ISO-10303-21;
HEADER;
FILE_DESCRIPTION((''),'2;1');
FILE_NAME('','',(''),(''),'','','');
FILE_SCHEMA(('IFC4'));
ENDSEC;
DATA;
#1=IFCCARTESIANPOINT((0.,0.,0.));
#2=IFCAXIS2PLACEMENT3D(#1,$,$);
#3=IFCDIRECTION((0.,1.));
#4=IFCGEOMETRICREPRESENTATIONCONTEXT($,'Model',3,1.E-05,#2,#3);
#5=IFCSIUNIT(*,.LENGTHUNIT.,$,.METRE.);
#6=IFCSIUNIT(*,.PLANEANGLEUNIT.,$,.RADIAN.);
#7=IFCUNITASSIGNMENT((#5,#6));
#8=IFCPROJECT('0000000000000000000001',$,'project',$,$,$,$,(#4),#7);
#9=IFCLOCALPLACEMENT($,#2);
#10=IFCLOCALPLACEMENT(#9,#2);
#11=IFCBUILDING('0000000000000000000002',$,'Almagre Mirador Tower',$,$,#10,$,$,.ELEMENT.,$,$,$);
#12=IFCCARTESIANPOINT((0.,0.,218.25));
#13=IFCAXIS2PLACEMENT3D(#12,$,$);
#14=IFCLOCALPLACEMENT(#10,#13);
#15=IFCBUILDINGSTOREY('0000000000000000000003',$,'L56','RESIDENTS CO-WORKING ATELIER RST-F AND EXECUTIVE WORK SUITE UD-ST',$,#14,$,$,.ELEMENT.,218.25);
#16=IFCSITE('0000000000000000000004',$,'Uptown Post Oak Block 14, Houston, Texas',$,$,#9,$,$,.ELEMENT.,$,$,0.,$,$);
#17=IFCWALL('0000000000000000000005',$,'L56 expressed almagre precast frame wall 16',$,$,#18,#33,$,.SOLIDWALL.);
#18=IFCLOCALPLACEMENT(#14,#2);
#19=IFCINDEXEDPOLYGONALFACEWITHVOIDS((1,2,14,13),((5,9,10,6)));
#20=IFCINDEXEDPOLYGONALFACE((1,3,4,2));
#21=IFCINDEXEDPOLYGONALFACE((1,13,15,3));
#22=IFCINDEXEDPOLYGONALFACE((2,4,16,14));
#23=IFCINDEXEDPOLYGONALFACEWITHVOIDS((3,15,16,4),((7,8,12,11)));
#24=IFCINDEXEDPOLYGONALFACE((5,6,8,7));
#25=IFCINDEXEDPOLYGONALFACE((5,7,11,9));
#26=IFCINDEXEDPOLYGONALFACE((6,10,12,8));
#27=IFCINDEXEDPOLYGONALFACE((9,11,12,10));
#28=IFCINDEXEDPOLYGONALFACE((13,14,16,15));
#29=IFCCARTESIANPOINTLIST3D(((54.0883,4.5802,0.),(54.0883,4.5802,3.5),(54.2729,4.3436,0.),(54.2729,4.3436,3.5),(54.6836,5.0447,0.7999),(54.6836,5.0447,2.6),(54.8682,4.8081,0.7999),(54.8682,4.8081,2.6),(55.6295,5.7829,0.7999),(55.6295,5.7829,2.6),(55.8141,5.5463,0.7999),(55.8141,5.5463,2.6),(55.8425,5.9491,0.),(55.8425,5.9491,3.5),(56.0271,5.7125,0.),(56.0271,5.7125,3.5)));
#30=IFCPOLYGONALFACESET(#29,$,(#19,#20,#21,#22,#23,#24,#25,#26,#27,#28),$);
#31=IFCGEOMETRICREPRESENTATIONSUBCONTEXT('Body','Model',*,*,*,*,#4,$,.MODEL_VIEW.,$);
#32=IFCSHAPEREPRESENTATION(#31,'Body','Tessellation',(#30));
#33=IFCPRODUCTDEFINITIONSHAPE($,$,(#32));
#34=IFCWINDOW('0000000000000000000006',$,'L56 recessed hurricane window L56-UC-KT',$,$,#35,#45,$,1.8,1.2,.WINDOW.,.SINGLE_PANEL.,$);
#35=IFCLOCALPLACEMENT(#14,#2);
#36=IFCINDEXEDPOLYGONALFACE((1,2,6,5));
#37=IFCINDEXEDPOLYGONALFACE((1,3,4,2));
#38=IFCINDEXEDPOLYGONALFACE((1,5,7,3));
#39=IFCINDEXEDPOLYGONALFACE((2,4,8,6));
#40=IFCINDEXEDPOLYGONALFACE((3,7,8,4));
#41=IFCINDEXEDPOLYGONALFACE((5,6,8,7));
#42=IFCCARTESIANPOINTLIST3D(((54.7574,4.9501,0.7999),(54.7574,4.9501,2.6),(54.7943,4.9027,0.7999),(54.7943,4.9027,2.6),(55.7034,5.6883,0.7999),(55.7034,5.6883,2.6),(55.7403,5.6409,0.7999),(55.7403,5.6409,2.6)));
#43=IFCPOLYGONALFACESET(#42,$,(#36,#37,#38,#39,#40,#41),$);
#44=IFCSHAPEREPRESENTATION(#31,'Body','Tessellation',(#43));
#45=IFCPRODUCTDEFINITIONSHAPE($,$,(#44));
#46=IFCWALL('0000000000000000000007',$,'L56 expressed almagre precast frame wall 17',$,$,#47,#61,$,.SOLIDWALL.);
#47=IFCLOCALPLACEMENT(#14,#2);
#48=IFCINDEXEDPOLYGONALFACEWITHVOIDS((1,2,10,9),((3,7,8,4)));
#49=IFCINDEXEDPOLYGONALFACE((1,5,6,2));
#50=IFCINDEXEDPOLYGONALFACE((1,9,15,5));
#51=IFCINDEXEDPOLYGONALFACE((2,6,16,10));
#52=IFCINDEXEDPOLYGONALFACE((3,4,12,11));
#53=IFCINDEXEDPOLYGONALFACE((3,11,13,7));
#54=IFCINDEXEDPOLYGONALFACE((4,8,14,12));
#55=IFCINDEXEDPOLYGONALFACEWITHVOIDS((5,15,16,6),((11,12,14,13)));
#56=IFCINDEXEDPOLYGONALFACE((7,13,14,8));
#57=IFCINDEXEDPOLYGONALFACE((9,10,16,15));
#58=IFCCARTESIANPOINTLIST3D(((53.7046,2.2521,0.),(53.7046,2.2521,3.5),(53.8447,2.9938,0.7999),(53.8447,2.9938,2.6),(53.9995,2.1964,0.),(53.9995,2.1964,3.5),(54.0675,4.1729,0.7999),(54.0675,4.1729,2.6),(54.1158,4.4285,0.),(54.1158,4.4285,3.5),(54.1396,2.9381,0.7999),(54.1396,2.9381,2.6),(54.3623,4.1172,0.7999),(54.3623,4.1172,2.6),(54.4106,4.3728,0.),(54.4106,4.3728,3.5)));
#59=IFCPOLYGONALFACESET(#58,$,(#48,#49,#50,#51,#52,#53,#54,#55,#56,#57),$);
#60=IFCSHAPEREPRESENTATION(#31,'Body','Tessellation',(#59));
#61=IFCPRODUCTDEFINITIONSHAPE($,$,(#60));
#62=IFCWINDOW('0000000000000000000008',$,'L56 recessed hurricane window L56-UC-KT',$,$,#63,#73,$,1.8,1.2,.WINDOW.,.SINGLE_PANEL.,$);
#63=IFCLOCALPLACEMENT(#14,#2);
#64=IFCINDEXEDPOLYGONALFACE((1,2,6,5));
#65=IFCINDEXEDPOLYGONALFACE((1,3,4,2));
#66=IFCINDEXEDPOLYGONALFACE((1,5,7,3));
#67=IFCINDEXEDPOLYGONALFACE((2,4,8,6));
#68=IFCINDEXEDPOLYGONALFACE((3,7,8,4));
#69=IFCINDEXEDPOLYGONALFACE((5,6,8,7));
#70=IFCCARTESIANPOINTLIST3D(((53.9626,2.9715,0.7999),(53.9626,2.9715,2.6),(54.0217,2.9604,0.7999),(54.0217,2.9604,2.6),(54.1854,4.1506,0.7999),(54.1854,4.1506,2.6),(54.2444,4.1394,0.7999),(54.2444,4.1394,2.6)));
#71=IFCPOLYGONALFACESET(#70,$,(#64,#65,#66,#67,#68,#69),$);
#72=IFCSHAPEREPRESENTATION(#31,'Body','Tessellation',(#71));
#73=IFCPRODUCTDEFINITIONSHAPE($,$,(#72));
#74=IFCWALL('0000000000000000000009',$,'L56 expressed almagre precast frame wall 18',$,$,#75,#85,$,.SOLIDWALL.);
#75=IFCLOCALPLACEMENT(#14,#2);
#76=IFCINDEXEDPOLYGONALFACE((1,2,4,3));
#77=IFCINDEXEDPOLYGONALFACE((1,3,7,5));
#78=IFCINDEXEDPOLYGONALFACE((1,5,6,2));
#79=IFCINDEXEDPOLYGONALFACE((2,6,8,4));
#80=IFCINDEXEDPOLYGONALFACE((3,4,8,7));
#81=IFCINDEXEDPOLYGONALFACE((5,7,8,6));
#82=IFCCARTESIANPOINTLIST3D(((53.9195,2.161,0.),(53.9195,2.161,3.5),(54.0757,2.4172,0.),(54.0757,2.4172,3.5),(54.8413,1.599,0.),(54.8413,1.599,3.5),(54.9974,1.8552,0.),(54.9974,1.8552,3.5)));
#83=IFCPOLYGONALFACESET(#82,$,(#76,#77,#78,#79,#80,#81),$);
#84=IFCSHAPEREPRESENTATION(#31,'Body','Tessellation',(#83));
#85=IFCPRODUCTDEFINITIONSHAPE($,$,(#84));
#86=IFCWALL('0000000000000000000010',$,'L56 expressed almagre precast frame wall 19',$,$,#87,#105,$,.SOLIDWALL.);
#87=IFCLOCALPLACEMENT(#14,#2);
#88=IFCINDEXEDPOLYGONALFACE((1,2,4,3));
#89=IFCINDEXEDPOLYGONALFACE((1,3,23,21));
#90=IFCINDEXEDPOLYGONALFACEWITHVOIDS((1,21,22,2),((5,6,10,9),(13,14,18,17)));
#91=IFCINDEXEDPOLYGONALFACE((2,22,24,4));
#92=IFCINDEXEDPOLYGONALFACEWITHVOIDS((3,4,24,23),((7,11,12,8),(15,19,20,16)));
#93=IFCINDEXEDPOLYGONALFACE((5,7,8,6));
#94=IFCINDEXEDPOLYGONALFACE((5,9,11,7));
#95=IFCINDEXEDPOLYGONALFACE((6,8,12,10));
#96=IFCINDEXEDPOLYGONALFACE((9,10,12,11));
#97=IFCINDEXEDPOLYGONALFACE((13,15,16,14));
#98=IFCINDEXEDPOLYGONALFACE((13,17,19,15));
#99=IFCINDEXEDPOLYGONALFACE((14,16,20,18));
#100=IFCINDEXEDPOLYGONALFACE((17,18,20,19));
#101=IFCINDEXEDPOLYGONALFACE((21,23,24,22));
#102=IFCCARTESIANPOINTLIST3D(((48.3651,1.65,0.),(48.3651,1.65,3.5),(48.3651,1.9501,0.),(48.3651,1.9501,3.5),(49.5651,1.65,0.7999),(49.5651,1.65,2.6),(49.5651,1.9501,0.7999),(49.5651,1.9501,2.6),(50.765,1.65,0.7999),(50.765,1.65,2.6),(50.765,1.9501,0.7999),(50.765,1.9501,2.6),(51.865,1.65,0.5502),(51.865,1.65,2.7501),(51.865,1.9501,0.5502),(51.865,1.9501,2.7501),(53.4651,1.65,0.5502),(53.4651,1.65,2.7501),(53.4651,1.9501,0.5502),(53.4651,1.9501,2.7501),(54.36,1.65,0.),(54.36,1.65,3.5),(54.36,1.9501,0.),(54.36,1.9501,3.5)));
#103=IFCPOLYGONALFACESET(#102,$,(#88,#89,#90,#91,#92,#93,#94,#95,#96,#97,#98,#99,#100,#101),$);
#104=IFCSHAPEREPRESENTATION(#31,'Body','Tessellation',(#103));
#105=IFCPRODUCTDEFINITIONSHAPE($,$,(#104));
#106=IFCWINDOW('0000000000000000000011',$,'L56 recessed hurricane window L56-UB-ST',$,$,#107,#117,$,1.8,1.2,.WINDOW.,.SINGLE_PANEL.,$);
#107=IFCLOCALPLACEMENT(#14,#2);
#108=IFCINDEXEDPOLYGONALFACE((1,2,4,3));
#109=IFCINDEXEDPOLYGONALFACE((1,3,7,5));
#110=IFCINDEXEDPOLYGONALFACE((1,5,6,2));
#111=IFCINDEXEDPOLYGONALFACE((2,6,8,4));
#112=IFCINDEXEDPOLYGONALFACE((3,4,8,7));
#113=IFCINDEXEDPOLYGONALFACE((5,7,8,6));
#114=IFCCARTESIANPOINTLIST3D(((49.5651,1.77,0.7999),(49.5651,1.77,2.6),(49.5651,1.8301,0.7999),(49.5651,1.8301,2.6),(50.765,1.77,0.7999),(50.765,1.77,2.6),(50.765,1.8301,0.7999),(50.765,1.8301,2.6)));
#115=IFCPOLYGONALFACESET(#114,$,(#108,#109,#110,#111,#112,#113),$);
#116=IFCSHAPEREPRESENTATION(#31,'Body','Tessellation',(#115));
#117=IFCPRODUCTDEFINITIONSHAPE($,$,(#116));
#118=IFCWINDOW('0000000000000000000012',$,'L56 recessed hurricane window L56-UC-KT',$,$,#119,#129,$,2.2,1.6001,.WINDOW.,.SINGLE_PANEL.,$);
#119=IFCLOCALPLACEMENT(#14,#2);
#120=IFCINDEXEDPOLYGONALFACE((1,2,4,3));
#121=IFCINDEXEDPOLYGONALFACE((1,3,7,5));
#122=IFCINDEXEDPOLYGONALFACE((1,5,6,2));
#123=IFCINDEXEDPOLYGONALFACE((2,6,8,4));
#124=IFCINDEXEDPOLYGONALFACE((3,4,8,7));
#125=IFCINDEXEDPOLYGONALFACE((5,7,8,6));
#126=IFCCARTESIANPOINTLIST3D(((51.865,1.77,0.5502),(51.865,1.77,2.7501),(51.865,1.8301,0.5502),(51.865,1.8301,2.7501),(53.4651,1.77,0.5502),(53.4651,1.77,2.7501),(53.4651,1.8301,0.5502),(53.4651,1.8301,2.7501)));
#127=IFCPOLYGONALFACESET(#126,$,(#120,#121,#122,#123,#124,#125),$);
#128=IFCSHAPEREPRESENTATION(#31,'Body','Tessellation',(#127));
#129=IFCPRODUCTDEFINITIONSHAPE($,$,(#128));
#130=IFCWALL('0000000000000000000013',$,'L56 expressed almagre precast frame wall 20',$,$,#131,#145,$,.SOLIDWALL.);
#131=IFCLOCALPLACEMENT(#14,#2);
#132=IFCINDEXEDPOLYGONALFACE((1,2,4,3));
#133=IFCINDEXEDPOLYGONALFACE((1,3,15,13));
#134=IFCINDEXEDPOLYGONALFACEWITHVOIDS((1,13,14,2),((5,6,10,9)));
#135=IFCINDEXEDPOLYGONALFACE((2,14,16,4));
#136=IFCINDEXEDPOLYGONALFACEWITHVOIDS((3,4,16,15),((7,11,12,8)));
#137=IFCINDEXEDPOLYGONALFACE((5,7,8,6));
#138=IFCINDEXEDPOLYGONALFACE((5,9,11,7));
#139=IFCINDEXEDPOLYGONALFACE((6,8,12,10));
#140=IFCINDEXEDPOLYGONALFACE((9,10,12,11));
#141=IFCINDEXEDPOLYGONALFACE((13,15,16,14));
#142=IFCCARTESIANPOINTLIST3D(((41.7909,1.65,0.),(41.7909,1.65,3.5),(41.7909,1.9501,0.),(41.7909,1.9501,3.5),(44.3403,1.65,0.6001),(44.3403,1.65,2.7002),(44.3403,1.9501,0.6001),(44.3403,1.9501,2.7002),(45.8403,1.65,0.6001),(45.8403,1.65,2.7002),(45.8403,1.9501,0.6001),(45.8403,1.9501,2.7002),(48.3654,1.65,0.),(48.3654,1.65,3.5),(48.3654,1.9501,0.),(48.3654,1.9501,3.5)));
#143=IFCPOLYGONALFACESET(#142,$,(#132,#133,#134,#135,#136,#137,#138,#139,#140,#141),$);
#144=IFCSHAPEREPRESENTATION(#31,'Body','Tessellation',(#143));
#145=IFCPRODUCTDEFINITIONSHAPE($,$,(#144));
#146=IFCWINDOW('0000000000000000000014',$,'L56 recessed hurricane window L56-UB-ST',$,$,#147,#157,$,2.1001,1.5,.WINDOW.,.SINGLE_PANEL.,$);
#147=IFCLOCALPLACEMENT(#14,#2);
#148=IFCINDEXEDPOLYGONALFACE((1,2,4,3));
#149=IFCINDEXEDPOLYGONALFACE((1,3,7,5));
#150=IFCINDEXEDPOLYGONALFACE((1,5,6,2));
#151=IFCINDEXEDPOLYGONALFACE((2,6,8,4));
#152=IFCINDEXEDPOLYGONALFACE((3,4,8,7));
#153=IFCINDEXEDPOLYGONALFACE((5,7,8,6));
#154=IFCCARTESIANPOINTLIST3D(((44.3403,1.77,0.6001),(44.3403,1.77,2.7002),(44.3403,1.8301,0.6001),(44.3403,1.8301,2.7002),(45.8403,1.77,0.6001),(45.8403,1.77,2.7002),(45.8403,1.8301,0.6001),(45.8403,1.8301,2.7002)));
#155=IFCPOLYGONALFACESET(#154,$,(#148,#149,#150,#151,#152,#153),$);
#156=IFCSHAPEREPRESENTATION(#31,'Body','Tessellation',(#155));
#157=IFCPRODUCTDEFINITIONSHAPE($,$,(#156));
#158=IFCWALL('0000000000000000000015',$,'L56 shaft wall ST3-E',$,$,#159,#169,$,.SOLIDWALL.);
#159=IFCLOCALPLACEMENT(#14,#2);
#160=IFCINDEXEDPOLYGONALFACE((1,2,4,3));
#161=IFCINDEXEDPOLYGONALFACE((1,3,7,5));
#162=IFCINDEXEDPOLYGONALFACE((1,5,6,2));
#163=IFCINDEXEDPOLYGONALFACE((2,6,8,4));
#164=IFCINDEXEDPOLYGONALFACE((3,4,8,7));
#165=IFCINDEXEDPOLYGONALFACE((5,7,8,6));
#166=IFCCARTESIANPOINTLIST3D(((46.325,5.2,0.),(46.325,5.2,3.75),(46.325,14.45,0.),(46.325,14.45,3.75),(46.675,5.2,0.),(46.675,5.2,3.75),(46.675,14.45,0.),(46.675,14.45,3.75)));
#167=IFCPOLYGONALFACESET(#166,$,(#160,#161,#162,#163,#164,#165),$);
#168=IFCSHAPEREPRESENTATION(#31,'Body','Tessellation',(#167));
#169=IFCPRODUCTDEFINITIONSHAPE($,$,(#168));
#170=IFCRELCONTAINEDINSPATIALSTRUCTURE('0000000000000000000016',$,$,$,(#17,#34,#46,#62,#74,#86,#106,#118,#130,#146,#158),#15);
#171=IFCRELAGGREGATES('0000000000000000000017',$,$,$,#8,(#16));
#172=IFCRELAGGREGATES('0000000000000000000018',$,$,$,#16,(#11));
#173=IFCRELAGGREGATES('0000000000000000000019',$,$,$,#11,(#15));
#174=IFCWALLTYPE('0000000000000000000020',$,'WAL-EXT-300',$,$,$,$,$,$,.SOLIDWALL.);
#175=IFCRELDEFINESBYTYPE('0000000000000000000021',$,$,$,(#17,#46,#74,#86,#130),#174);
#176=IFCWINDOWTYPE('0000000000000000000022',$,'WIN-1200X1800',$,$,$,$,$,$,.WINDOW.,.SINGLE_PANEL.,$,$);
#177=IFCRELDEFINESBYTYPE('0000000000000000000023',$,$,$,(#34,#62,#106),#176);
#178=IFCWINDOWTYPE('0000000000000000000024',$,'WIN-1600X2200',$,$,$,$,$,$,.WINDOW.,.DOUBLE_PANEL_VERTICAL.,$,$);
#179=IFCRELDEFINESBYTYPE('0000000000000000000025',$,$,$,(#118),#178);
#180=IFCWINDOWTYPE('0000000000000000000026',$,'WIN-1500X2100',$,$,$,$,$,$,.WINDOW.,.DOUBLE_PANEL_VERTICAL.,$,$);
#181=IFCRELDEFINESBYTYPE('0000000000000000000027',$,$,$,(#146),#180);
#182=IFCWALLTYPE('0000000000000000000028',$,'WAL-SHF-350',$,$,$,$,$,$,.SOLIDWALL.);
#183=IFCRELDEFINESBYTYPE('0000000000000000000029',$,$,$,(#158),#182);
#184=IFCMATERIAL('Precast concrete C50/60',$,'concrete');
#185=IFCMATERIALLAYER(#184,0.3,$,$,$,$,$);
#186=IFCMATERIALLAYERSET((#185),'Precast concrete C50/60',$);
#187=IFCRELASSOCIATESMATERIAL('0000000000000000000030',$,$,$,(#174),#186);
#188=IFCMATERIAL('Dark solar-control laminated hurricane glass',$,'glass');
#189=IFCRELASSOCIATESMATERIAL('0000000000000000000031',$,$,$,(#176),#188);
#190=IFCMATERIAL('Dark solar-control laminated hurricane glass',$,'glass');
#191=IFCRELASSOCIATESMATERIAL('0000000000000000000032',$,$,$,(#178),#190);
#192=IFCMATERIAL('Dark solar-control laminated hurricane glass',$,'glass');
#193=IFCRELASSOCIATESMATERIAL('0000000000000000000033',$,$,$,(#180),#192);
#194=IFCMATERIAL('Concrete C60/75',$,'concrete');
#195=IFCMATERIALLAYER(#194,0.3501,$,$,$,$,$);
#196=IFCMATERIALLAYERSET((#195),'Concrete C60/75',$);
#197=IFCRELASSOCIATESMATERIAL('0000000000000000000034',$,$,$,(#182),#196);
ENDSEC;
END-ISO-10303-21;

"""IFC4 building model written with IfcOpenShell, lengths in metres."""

from ifc_helpers import new_model, si_unit, direction, frame, frame_2d, origin, place, context, subcontext, project, spatial, rectangle, extrude, material, layer, layer_set, type_object, element, fill, save


model = new_model("IFC4")

# Units and contexts
model_context = context("Model", 3, precision=1e-05, world=origin(), true_north=direction((0.0, 1.0)))
body_context = subcontext(model_context, "Body", "Model", "MODEL_VIEW")
ifc_project = project(units=[si_unit("LENGTHUNIT", "METRE"), si_unit("PLANEANGLEUNIT", "RADIAN")], contexts=[model_context])

# Site, building, storey
site_placement = place(None, origin())
site = spatial("IfcSite", under=ifc_project, at=site_placement, Name="Uptown Post Oak Block 14, Houston, Texas", CompositionType="ELEMENT", RefElevation=0.0)
building_placement = place(site_placement, origin())
building = spatial("IfcBuilding", under=site, at=building_placement, Name="Almagre Mirador Tower", CompositionType="ELEMENT")
storey_placement = place(building_placement, frame((0.0, 0.0, 218.25)))
storey = spatial("IfcBuildingStorey", under=building, at=storey_placement, Name="L56", Description="RESIDENTS CO-WORKING ATELIER RST-F AND EXECUTIVE WORK SUITE UD-ST", CompositionType="ELEMENT", Elevation=218.25)

# Shared definitions
ifc_material_1 = material(Name="Precast concrete C50/60", Category="concrete")
ifc_layer_1 = layer(ifc_material_1, 0.3)
ifc_layer_set_1 = layer_set([ifc_layer_1], Name="Precast concrete C50/60")
wall_type_1 = type_object("IfcWallType", Name="WAL-EXT-300", PredefinedType="SOLIDWALL", material=ifc_layer_set_1)

# Walls, openings, windows
wall_1_placement = place(storey_placement, frame((55.9348, 5.8308, 0.0), z_axis=(0.0, 0.0, 1.0), x_axis=(-0.788359, -0.615216, 0.0)))
wall_1 = element("IfcWall", 1, at=wall_1_placement, inside=storey, type_object=wall_type_1, Name="L56 expressed almagre precast frame wall 16", PredefinedType="SOLIDWALL", context=body_context, shape_type="SweptSolid", body=[
    extrude(rectangle(XDim=2.2251, YDim=0.3, at=frame_2d((1.1125, 0.0))), origin(), (0.0, 0.0, 1.0), 3.5),
])
opening_1_placement = place(wall_1_placement, frame((0.27, 0.0, 0.8)))
opening_1 = element("IfcOpeningElement", 2, at=opening_1_placement, cuts=wall_1, PredefinedType="OPENING", context=body_context, shape_type="SweptSolid", body=[
    extrude(rectangle(XDim=1.2, YDim=1.8, at=frame_2d((0.6001, 0.8999))), frame((0.0, 0.1599, 0.0), z_axis=(0.0, -1.0, 0.0), x_axis=(1.0, 0.0, 0.0)), (0.0, 0.0, 1.0), 0.32),
])
ifc_material_2 = material(Name="Dark solar-control laminated hurricane glass", Category="glass")
window_type_1 = type_object("IfcWindowType", Name="WIN-1200X1800", PartitioningType="SINGLE_PANEL", PredefinedType="WINDOW", material=ifc_material_2)
window_1_placement = place(opening_1_placement, origin())
window_1 = element("IfcWindow", 3, at=window_1_placement, inside=storey, type_object=window_type_1, Name="L56 recessed hurricane window L56-UC-KT", OverallHeight=1.8, OverallWidth=1.2, PartitioningType="SINGLE_PANEL", PredefinedType="WINDOW", context=body_context, shape_type="SweptSolid", body=[
    extrude(rectangle(XDim=1.2, YDim=1.8, at=frame_2d((0.6001, 0.8999))), frame((0.0, 0.03, 0.0), z_axis=(0.0, -1.0, 0.0), x_axis=(1.0, 0.0, 0.0)), (0.0, 0.0, 1.0), 0.0601),
])
fill(opening_1, window_1)
wall_2_placement = place(storey_placement, frame((54.2632, 4.4006, 0.0), z_axis=(0.0, 0.0, 1.0), x_axis=(-0.185633, -0.982619, 0.0)))
wall_2 = element("IfcWall", 4, at=wall_2_placement, inside=storey, type_object=wall_type_1, Name="L56 expressed almagre precast frame wall 17", PredefinedType="SOLIDWALL", context=body_context, shape_type="SweptSolid", body=[
    extrude(rectangle(XDim=2.2148, YDim=0.3, at=frame_2d((1.1074, 0.0))), origin(), (0.0, 0.0, 1.0), 3.5),
])
opening_2_placement = place(wall_2_placement, frame((0.26, 0.0, 0.8)))
opening_2 = element("IfcOpeningElement", 5, at=opening_2_placement, cuts=wall_2, PredefinedType="OPENING", context=body_context, shape_type="SweptSolid", body=[
    extrude(rectangle(XDim=1.2, YDim=1.8, at=frame_2d((0.6001, 0.8999))), frame((0.0, 0.1599, 0.0), z_axis=(0.0, -1.0, 0.0), x_axis=(1.0, 0.0, 0.0)), (0.0, 0.0, 1.0), 0.32),
])
window_2_placement = place(opening_2_placement, origin())
window_2 = element("IfcWindow", 6, at=window_2_placement, inside=storey, type_object=window_type_1, Name="L56 recessed hurricane window L56-UC-KT", OverallHeight=1.8, OverallWidth=1.2, PartitioningType="SINGLE_PANEL", PredefinedType="WINDOW", context=body_context, shape_type="SweptSolid", body=[
    extrude(rectangle(XDim=1.2, YDim=1.8, at=frame_2d((0.6001, 0.8999))), frame((0.0, 0.03, 0.0), z_axis=(0.0, -1.0, 0.0), x_axis=(1.0, 0.0, 0.0)), (0.0, 0.0, 1.0), 0.0601),
])
fill(opening_2, window_2)

# Wall
wall_3_placement = place(storey_placement, frame((53.9976, 2.2891, 0.0), z_axis=(0.0, 0.0, 1.0), x_axis=(0.85384, -0.520535, 0.0)))
element("IfcWall", 7, at=wall_3_placement, inside=storey, type_object=wall_type_1, Name="L56 expressed almagre precast frame wall 18", PredefinedType="SOLIDWALL", context=body_context, shape_type="SweptSolid", body=[
    extrude(rectangle(XDim=1.0796, YDim=0.3, at=frame_2d((0.5398, 0.0))), origin(), (0.0, 0.0, 1.0), 3.5),
])

# Wall, openings, windows
wall_4_placement = place(storey_placement, frame((54.3601, 1.8, 0.0), z_axis=(0.0, 0.0, 1.0), x_axis=(-1.0, 0.0, 0.0)))
wall_4 = element("IfcWall", 8, at=wall_4_placement, inside=storey, type_object=wall_type_1, Name="L56 expressed almagre precast frame wall 19", PredefinedType="SOLIDWALL", context=body_context, shape_type="SweptSolid", body=[
    extrude(rectangle(XDim=5.9949, YDim=0.3, at=frame_2d((2.9976, 0.0))), origin(), (0.0, 0.0, 1.0), 3.5),
])
opening_3_placement = place(wall_4_placement, frame((3.595, 0.0, 0.8)))
opening_3 = element("IfcOpeningElement", 9, at=opening_3_placement, cuts=wall_4, PredefinedType="OPENING", context=body_context, shape_type="SweptSolid", body=[
    extrude(rectangle(XDim=1.2, YDim=1.8, at=frame_2d((0.6001, 0.8999))), frame((0.0, 0.1599, 0.0), z_axis=(0.0, -1.0, 0.0), x_axis=(1.0, 0.0, 0.0)), (0.0, 0.0, 1.0), 0.32),
])
opening_4_placement = place(wall_4_placement, frame((0.895, 0.0, 0.55)))
opening_4 = element("IfcOpeningElement", 10, at=opening_4_placement, cuts=wall_4, PredefinedType="OPENING", context=body_context, shape_type="SweptSolid", body=[
    extrude(rectangle(XDim=1.6001, YDim=2.2, at=frame_2d((0.8, 1.1001))), frame((0.0, 0.1599, 0.0), z_axis=(0.0, -1.0, 0.0), x_axis=(1.0, 0.0, 0.0)), (0.0, 0.0, 1.0), 0.32),
])
window_3_placement = place(opening_3_placement, origin())
window_3 = element("IfcWindow", 11, at=window_3_placement, inside=storey, type_object=window_type_1, Name="L56 recessed hurricane window L56-UB-ST", OverallHeight=1.8, OverallWidth=1.2, PartitioningType="SINGLE_PANEL", PredefinedType="WINDOW", context=body_context, shape_type="SweptSolid", body=[
    extrude(rectangle(XDim=1.2, YDim=1.8, at=frame_2d((0.6001, 0.8999))), frame((0.0, 0.03, 0.0), z_axis=(0.0, -1.0, 0.0), x_axis=(1.0, 0.0, 0.0)), (0.0, 0.0, 1.0), 0.0601),
])
fill(opening_3, window_3)
ifc_material_3 = material(Name="Dark solar-control laminated hurricane glass", Category="glass")
window_type_2 = type_object("IfcWindowType", Name="WIN-1600X2200", PartitioningType="DOUBLE_PANEL_VERTICAL", PredefinedType="WINDOW", material=ifc_material_3)
window_4_placement = place(opening_4_placement, origin())
window_4 = element("IfcWindow", 12, at=window_4_placement, inside=storey, type_object=window_type_2, Name="L56 recessed hurricane window L56-UC-KT", OverallHeight=2.2, OverallWidth=1.6001, PartitioningType="SINGLE_PANEL", PredefinedType="WINDOW", context=body_context, shape_type="SweptSolid", body=[
    extrude(rectangle(XDim=1.6001, YDim=2.2, at=frame_2d((0.8, 1.1001))), frame((0.0, 0.03, 0.0), z_axis=(0.0, -1.0, 0.0), x_axis=(1.0, 0.0, 0.0)), (0.0, 0.0, 1.0), 0.0601),
])
fill(opening_4, window_4)

# Wall, opening, window
wall_5_placement = place(storey_placement, frame((48.3652, 1.8, 0.0), z_axis=(0.0, 0.0, 1.0), x_axis=(-1.0, 0.0, 0.0)))
wall_5 = element("IfcWall", 13, at=wall_5_placement, inside=storey, type_object=wall_type_1, Name="L56 expressed almagre precast frame wall 20", PredefinedType="SOLIDWALL", context=body_context, shape_type="SweptSolid", body=[
    extrude(rectangle(XDim=6.5745, YDim=0.3, at=frame_2d((3.2871, 0.0))), origin(), (0.0, 0.0, 1.0), 3.5),
])
opening_5_placement = place(wall_5_placement, frame((2.5249, 0.0, 0.6001)))
opening_5 = element("IfcOpeningElement", 14, at=opening_5_placement, cuts=wall_5, PredefinedType="OPENING", context=body_context, shape_type="SweptSolid", body=[
    extrude(rectangle(XDim=1.5, YDim=2.1001, at=frame_2d((0.75, 1.05))), frame((0.0, 0.1599, 0.0), z_axis=(0.0, -1.0, 0.0), x_axis=(1.0, 0.0, 0.0)), (0.0, 0.0, 1.0), 0.32),
])
ifc_material_4 = material(Name="Dark solar-control laminated hurricane glass", Category="glass")
window_type_3 = type_object("IfcWindowType", Name="WIN-1500X2100", PartitioningType="DOUBLE_PANEL_VERTICAL", PredefinedType="WINDOW", material=ifc_material_4)
window_5_placement = place(opening_5_placement, origin())
window_5 = element("IfcWindow", 15, at=window_5_placement, inside=storey, type_object=window_type_3, Name="L56 recessed hurricane window L56-UB-ST", OverallHeight=2.1001, OverallWidth=1.5, PartitioningType="SINGLE_PANEL", PredefinedType="WINDOW", context=body_context, shape_type="SweptSolid", body=[
    extrude(rectangle(XDim=1.5, YDim=2.1001, at=frame_2d((0.75, 1.05))), frame((0.0, 0.03, 0.0), z_axis=(0.0, -1.0, 0.0), x_axis=(1.0, 0.0, 0.0)), (0.0, 0.0, 1.0), 0.0601),
])
fill(opening_5, window_5)

# Wall
ifc_material_5 = material(Name="Concrete C60/75", Category="concrete")
ifc_layer_2 = layer(ifc_material_5, 0.3501)
ifc_layer_set_2 = layer_set([ifc_layer_2], Name="Concrete C60/75")
wall_type_2 = type_object("IfcWallType", Name="WAL-SHF-350", PredefinedType="SOLIDWALL", material=ifc_layer_set_2)
wall_6_placement = place(storey_placement, frame((46.5, 5.2, 0.0), z_axis=(0.0, 0.0, 1.0), x_axis=(0.0, 1.0, 0.0)))
element("IfcWall", 16, at=wall_6_placement, inside=storey, type_object=wall_type_2, Name="L56 shaft wall ST3-E", PredefinedType="SOLIDWALL", context=body_context, shape_type="SweptSolid", body=[
    extrude(rectangle(XDim=9.25, YDim=0.3501, at=frame_2d((4.625, 0.0))), origin(), (0.0, 0.0, 1.0), 3.75),
])

save(model, "model.ifc")
